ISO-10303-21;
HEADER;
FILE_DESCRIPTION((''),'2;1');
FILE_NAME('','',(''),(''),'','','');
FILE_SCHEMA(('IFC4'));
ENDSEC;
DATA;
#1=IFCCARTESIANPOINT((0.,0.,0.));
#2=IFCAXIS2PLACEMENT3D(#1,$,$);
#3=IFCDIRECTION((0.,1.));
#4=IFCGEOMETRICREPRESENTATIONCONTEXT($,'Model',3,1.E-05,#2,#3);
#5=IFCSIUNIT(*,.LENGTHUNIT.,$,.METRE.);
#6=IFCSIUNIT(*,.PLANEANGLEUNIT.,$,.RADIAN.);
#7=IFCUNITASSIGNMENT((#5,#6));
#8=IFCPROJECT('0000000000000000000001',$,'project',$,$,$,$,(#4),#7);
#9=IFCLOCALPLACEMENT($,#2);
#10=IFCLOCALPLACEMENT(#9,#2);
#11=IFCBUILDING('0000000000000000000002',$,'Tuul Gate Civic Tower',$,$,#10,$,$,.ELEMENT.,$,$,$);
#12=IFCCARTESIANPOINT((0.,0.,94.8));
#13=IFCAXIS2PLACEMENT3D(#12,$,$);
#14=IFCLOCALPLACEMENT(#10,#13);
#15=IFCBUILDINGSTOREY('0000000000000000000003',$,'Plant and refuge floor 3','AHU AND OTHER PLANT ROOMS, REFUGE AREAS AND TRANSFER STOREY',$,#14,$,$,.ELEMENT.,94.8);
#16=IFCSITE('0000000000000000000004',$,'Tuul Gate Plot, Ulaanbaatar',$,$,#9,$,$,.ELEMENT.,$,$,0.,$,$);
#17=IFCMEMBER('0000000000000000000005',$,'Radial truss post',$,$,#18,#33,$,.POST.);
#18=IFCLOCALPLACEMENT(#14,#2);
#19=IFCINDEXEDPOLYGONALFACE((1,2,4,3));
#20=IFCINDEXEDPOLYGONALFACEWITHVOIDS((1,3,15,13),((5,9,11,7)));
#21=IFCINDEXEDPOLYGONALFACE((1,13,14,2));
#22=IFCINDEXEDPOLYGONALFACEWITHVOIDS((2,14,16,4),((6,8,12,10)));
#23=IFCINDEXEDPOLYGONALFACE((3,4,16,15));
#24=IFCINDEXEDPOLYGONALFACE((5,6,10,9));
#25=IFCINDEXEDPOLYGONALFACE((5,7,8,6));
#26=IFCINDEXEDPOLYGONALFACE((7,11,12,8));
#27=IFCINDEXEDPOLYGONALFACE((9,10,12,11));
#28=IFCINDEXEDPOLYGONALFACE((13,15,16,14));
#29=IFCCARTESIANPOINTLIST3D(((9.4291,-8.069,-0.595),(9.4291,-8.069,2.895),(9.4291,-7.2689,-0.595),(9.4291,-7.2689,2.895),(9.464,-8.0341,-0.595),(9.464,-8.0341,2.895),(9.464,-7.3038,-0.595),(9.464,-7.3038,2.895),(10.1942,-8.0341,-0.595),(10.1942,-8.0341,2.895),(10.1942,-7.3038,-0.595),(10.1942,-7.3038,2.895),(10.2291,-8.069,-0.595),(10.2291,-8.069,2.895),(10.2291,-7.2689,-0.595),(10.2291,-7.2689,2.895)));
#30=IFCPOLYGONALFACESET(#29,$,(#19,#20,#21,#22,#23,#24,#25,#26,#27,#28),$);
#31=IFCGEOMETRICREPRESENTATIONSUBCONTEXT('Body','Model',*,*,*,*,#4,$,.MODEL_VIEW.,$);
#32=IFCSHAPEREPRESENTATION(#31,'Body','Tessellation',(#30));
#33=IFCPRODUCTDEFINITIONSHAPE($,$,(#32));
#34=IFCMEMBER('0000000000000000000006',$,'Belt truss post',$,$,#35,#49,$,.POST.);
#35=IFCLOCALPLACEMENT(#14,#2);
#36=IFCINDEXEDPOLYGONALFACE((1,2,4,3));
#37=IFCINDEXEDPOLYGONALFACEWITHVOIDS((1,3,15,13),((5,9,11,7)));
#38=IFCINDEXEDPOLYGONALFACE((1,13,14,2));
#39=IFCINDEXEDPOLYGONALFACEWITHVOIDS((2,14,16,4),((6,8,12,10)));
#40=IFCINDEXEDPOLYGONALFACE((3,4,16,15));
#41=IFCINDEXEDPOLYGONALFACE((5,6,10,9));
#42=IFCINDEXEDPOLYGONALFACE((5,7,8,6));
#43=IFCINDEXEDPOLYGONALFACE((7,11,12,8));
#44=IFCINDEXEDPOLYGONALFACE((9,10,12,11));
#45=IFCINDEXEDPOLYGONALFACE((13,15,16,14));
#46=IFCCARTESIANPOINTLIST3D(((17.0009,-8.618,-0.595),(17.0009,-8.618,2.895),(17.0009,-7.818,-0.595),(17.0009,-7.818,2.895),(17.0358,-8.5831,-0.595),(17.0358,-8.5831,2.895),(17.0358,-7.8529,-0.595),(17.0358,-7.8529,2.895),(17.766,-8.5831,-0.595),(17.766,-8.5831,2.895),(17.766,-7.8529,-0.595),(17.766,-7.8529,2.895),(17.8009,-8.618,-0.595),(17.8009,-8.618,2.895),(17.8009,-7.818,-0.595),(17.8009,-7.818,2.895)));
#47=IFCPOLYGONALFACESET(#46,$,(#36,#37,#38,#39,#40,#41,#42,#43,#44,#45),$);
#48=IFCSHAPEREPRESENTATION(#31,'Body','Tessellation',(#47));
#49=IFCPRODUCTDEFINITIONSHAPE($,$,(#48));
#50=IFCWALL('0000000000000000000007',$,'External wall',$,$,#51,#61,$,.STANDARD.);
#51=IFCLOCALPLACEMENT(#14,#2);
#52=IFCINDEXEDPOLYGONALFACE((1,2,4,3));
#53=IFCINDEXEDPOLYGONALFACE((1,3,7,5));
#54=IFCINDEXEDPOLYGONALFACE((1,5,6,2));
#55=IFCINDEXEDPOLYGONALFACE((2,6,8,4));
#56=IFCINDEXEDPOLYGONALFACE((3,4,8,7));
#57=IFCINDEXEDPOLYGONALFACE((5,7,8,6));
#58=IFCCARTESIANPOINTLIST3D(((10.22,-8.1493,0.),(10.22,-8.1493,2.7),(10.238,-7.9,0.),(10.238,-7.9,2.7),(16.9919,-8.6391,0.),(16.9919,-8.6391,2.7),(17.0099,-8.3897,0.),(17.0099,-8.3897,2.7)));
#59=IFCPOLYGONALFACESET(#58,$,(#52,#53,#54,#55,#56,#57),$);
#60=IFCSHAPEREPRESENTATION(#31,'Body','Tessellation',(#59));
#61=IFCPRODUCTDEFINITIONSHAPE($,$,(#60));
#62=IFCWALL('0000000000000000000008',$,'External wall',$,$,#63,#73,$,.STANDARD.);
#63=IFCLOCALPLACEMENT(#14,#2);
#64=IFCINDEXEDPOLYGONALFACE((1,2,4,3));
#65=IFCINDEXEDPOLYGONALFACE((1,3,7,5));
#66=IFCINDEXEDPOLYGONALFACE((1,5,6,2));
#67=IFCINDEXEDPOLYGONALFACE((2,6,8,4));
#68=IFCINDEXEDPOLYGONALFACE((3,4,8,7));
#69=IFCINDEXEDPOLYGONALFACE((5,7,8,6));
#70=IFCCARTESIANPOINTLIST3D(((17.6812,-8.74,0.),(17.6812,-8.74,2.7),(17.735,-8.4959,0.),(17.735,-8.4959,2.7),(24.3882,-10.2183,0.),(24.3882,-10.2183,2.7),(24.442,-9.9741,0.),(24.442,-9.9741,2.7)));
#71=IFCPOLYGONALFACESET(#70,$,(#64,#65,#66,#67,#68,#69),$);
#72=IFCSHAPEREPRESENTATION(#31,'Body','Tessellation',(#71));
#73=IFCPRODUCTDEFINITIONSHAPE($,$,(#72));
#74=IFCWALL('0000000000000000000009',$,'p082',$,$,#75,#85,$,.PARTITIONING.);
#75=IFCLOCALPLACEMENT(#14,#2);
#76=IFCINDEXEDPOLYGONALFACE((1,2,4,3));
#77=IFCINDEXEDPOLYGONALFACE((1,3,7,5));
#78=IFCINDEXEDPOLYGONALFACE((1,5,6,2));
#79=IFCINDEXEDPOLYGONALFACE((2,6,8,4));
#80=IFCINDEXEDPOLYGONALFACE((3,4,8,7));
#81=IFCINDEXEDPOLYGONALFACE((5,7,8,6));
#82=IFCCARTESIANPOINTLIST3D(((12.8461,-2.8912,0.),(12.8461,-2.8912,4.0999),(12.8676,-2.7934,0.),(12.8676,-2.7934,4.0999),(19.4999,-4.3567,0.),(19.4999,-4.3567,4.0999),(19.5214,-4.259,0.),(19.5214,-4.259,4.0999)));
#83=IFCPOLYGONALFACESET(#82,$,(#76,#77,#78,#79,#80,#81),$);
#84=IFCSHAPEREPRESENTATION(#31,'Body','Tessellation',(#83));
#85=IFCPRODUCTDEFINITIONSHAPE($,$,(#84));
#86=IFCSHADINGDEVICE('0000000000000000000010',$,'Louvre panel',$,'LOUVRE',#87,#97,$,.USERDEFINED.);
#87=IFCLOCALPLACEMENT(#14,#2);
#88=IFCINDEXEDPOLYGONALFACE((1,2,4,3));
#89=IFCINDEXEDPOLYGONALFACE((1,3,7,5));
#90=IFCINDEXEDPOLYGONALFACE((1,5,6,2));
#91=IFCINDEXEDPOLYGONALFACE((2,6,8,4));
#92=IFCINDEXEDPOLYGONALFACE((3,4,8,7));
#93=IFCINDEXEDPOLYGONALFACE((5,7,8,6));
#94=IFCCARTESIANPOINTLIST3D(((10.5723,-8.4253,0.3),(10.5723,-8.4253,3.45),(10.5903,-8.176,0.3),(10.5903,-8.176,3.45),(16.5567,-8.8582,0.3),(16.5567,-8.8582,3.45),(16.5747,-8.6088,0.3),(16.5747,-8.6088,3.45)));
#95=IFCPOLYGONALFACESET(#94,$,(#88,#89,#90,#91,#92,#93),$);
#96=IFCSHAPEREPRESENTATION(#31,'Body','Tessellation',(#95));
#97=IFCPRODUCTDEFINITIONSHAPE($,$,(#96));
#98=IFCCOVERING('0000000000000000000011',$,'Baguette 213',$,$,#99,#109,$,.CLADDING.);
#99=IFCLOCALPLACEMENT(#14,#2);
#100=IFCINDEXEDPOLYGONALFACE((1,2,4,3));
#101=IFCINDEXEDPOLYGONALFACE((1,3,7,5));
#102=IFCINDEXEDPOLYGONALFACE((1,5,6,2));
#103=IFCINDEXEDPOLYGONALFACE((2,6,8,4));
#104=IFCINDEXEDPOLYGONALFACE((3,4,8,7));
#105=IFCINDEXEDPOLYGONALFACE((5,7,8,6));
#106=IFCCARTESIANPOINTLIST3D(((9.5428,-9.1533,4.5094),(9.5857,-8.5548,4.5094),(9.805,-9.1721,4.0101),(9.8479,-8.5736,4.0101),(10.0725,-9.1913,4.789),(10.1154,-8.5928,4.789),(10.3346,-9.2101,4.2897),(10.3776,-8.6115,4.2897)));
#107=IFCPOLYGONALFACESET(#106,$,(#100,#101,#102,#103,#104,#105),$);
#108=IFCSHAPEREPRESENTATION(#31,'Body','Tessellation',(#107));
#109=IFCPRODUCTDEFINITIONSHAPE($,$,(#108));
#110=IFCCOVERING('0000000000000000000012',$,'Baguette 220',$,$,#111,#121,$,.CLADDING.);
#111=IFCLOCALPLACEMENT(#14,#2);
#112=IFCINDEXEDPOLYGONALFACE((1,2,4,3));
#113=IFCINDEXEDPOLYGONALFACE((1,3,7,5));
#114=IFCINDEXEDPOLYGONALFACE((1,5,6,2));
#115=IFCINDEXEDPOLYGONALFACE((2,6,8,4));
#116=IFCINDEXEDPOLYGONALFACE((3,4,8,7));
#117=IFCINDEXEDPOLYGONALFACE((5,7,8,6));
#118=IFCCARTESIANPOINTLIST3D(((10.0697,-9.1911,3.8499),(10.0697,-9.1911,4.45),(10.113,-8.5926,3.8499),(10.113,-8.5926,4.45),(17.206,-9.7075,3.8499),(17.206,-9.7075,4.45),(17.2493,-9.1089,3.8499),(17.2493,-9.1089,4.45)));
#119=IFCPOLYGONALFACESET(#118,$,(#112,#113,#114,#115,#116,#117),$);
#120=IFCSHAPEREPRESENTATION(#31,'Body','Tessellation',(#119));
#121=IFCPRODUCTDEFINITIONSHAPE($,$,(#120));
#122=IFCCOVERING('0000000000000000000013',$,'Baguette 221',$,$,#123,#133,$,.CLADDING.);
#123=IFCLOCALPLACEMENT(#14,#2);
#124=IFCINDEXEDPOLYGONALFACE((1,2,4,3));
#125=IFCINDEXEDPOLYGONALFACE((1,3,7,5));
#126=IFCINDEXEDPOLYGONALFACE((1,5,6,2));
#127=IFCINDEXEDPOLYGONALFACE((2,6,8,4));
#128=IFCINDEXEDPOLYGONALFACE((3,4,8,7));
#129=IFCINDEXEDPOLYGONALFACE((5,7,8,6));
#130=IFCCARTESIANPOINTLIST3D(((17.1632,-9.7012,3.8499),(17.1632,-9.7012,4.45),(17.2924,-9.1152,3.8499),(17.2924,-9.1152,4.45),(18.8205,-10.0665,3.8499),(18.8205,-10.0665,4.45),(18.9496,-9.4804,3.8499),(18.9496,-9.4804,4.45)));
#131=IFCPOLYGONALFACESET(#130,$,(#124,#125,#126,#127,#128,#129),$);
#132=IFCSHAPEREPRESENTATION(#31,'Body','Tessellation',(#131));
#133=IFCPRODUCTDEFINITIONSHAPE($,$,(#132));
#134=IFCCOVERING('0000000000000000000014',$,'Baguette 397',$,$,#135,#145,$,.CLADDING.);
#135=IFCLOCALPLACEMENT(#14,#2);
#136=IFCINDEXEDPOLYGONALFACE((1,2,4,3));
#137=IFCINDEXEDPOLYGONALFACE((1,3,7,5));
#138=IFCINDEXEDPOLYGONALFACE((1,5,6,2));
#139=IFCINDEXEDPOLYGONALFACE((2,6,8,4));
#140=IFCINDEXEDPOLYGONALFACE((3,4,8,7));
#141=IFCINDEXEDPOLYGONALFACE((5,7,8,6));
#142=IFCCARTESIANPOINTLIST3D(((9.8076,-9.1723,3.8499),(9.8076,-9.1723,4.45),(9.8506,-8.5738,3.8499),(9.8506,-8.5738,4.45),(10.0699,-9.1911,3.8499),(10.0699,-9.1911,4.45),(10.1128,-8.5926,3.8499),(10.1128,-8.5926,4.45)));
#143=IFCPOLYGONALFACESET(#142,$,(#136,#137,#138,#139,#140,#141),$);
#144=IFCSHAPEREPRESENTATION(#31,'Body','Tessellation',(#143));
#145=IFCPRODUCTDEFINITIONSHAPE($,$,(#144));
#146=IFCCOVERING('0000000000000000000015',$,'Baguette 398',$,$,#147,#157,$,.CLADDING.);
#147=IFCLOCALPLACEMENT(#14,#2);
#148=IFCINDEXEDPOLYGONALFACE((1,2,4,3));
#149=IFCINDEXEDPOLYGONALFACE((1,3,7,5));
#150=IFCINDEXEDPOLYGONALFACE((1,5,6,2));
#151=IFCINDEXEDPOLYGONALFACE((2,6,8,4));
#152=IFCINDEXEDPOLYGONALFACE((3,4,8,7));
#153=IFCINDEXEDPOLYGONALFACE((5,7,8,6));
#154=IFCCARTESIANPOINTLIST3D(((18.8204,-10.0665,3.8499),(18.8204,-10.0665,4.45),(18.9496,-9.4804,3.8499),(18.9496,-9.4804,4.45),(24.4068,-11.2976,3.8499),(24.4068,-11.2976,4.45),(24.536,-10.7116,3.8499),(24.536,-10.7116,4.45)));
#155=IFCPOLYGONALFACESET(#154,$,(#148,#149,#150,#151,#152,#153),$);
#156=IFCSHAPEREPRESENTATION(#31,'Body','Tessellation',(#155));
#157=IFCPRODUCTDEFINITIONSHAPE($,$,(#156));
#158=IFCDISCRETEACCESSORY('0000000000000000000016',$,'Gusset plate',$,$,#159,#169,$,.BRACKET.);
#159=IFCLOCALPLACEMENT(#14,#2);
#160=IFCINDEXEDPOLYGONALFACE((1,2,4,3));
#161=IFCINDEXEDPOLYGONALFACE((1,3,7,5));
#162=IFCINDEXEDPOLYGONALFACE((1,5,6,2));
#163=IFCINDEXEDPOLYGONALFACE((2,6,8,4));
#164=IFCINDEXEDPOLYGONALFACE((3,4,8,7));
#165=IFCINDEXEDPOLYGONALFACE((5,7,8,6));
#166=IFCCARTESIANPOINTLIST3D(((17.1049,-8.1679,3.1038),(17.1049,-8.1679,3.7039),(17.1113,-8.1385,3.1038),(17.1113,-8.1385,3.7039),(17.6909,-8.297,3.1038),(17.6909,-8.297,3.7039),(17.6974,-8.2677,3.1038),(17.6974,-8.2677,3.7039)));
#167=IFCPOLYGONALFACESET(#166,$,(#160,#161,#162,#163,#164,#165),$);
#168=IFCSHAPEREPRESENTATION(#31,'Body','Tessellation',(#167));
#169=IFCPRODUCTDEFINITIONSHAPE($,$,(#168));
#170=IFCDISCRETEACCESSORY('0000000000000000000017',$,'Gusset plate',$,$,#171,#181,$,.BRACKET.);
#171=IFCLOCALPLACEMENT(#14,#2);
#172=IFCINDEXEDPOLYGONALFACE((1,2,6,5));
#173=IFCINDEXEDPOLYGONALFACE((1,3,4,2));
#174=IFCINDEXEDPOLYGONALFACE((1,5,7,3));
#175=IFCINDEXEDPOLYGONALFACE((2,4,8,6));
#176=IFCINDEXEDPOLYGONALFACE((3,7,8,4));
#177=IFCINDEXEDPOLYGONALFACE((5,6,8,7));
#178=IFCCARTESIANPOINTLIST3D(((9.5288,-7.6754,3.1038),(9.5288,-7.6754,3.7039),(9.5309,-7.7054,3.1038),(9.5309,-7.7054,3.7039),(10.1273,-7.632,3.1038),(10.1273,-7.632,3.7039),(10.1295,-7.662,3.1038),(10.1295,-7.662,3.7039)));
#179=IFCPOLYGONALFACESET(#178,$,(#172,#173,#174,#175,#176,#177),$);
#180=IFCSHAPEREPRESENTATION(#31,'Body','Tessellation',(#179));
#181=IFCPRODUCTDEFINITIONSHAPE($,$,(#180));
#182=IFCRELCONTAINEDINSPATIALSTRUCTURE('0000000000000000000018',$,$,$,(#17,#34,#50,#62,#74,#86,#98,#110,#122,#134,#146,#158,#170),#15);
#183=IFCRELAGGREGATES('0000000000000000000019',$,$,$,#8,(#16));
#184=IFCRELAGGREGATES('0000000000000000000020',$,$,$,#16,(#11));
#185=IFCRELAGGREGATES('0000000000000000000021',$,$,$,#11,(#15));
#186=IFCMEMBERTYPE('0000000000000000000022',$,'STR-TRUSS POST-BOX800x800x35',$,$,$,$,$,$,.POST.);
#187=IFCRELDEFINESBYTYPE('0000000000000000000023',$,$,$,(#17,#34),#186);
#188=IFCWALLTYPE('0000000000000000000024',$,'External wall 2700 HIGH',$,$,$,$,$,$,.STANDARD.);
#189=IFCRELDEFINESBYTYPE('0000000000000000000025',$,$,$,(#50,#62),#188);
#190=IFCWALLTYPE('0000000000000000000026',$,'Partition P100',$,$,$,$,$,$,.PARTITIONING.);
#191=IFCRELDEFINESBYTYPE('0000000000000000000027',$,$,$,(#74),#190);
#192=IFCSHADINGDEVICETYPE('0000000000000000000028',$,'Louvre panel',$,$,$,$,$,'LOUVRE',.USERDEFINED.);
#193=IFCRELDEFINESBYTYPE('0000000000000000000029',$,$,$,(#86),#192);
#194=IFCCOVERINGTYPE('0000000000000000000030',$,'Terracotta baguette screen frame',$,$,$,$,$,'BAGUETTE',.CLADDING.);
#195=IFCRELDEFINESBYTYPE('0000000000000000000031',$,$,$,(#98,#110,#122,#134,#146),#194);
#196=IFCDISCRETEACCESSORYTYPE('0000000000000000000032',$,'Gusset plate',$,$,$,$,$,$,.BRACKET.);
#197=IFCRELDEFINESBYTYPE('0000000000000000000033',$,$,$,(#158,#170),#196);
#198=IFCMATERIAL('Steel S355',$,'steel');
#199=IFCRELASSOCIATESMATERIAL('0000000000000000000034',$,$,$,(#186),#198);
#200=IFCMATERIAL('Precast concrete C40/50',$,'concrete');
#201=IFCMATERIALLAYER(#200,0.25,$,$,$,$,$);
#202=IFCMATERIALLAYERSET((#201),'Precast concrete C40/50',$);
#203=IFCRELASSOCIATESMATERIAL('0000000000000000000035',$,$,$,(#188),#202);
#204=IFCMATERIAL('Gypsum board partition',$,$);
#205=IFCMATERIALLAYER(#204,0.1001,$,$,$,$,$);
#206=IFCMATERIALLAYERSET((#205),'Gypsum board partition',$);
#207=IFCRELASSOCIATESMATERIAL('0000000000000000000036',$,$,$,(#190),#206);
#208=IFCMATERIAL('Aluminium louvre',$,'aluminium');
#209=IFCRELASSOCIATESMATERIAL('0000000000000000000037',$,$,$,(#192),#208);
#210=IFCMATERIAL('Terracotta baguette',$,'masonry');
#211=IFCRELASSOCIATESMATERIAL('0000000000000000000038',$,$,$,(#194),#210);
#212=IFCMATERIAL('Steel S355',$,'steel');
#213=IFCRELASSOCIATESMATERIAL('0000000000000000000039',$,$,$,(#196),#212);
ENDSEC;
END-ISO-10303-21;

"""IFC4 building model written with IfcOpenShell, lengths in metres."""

from ifc_helpers import new_model, si_unit, direction, frame, frame_2d, origin, origin_2d, place, context, subcontext, project, spatial, rectangle, hollow_rectangle, extrude, material, layer, layer_set, material_profile, profile_set, type_object, element, save


model = new_model("IFC4")

# Units and contexts
model_context = context("Model", 3, precision=1e-05, world=origin(), true_north=direction((0.0, 1.0)))
body_context = subcontext(model_context, "Body", "Model", "MODEL_VIEW")
ifc_project = project(units=[si_unit("LENGTHUNIT", "METRE"), si_unit("PLANEANGLEUNIT", "RADIAN")], contexts=[model_context])

# Site, building, storey
site_placement = place(None, origin())
site = spatial("IfcSite", under=ifc_project, at=site_placement, Name="Tuul Gate Plot, Ulaanbaatar", CompositionType="ELEMENT", RefElevation=0.0)
building_placement = place(site_placement, origin())
building = spatial("IfcBuilding", under=site, at=building_placement, Name="Tuul Gate Civic Tower", CompositionType="ELEMENT")
storey_placement = place(building_placement, frame((0.0, 0.0, 94.8)))
storey = spatial("IfcBuildingStorey", under=building, at=storey_placement, Name="Plant and refuge floor 3", Description="AHU AND OTHER PLANT ROOMS, REFUGE AREAS AND TRANSFER STOREY", CompositionType="ELEMENT", Elevation=94.8)

# Members
ifc_material_1 = material(Name="Steel S355", Category="steel")
ifc_material_profile_1 = material_profile(ifc_material_1, hollow_rectangle(XDim=0.8, YDim=0.8, WallThickness=0.0349, at=origin_2d()), Name="BOX800x800x35")
ifc_profile_set_1 = profile_set([ifc_material_profile_1], Name="Steel S355")
member_type_1 = type_object("IfcMemberType", Name="STR-TRUSS POST-BOX800x800x35", PredefinedType="POST", material=ifc_profile_set_1)
for number, where, z_axis, x_axis, name in (
    (1, (9.8291, -7.6689, -0.595), (0.0, 0.0, 1.0), (1.0, 0.0, 0.0), "Radial truss post"),
    (2, (17.4009, -8.218, -0.595), (0.0, 0.0, 1.0), (1.0, 0.0, 0.0), "Belt truss post"),
):
    element("IfcMember", number, at=place(storey_placement, frame(where, z_axis=z_axis, x_axis=x_axis)), inside=storey, type_object=member_type_1, Name=name, PredefinedType="POST", context=body_context, shape_type="SweptSolid", body=[
        extrude(hollow_rectangle(XDim=0.8, YDim=0.8, WallThickness=0.0349, at=origin_2d()), origin(), (0.0, 0.0, 1.0), 3.49),
    ])

# Walls
ifc_material_2 = material(Name="Precast concrete C40/50", Category="concrete")
ifc_layer_1 = layer(ifc_material_2, 0.25)
ifc_layer_set_1 = layer_set([ifc_layer_1], Name="Precast concrete C40/50")
wall_type_1 = type_object("IfcWallType", Name="External wall 2700 HIGH", PredefinedType="STANDARD", material=ifc_layer_set_1)
wall_1_placement = place(storey_placement, frame((10.229, -8.0247, 0.0), z_axis=(0.0, 0.0, 1.0), x_axis=(0.997395, -0.072131, 0.0)))
element("IfcWall", 3, at=wall_1_placement, inside=storey, type_object=wall_type_1, Name="External wall", PredefinedType="STANDARD", context=body_context, shape_type="SweptSolid", body=[
    extrude(rectangle(XDim=6.7896, YDim=0.25, at=frame_2d((3.3948, 0.0))), origin(), (0.0, 0.0, 1.0), 2.7),
])
wall_2_placement = place(storey_placement, frame((17.708, -8.6179, 0.0), z_axis=(0.0, 0.0, 1.0), x_axis=(0.976561, -0.21524, 0.0)))
element("IfcWall", 4, at=wall_2_placement, inside=storey, type_object=wall_type_1, Name="External wall", PredefinedType="STANDARD", context=body_context, shape_type="SweptSolid", body=[
    extrude(rectangle(XDim=6.8679, YDim=0.25, at=frame_2d((3.4341, 0.0))), origin(), (0.0, 0.0, 1.0), 2.7),
])
ifc_material_3 = material(Name="Gypsum board partition")
ifc_layer_2 = layer(ifc_material_3, 0.1001)
ifc_layer_set_2 = layer_set([ifc_layer_2], Name="Gypsum board partition")
wall_type_2 = type_object("IfcWallType", Name="Partition P100", PredefinedType="PARTITIONING", material=ifc_layer_set_2)
wall_3_placement = place(storey_placement, frame((19.5107, -4.3079, 0.0), z_axis=(0.0, 0.0, 1.0), x_axis=(-0.976591, 0.215105, 0.0)))
element("IfcWall", 5, at=wall_3_placement, inside=storey, type_object=wall_type_2, Name="p082", PredefinedType="PARTITIONING", context=body_context, shape_type="SweptSolid", body=[
    extrude(rectangle(XDim=6.8132, YDim=0.1001, at=frame_2d((3.4067, 0.0))), origin(), (0.0, 0.0, 1.0), 4.0999),
])

# Shading device
ifc_material_4 = material(Name="Aluminium louvre", Category="aluminium")
shading_device_type = type_object("IfcShadingDeviceType", Name="Louvre panel", ElementType="LOUVRE", PredefinedType="USERDEFINED", material=ifc_material_4)
shading_device_placement = place(storey_placement, frame((13.5735, -8.5171, 0.3), z_axis=(0.0, 0.0, 1.0), x_axis=(-0.072144, -0.997394, 0.0)))
element("IfcShadingDevice", 6, at=shading_device_placement, inside=storey, type_object=shading_device_type, Name="Louvre panel", ObjectType="LOUVRE", PredefinedType="USERDEFINED", context=body_context, shape_type="SweptSolid", body=[
    extrude(rectangle(XDim=0.25, YDim=6.0, at=origin_2d()), origin(), (0.0, 0.0, 1.0), 3.1499),
])

# Coverings
ifc_material_5 = material(Name="Terracotta baguette", Category="masonry")
ifc_material_profile_2 = material_profile(ifc_material_5, rectangle(XDim=0.6001, YDim=0.6001, at=origin_2d()), Name="Terracotta baguette screen frame")
ifc_profile_set_2 = profile_set([ifc_material_profile_2], Name="Terracotta baguette")
covering_type = type_object("IfcCoveringType", Name="Terracotta baguette screen frame", ElementType="BAGUETTE", PredefinedType="CLADDING", material=ifc_profile_set_2)
covering_1_placement = place(storey_placement, frame((9.8291, -8.873, 4.6492), z_axis=(0.464703, -0.033317, -0.88484), x_axis=(0.071511, 0.99744, 0.0)))
element("IfcCovering", 7, at=covering_1_placement, inside=storey, type_object=covering_type, Name="Baguette 213", PredefinedType="CLADDING", context=body_context, shape_type="SweptSolid", body=[
    extrude(rectangle(XDim=0.6001, YDim=0.6001, at=origin_2d()), origin(), (0.0, 0.0, 1.0), 0.5642),
])
covering_2_placement = place(storey_placement, frame((10.0913, -8.8918, 4.1499), z_axis=(0.997393, -0.072166, 0.0), x_axis=(0.072166, 0.997393, 0.0)))
element("IfcCovering", 8, at=covering_2_placement, inside=storey, type_object=covering_type, Name="Baguette 220", PredefinedType="CLADDING", context=body_context, shape_type="SweptSolid", body=[
    extrude(rectangle(XDim=0.6001, YDim=0.6001, at=origin_2d()), origin(), (0.0, 0.0, 1.0), 7.155),
])
covering_3_placement = place(storey_placement, frame((17.2278, -9.4082, 4.1499), z_axis=(0.976565, -0.215224, 0.0), x_axis=(0.215224, 0.976565, 0.0)))
element("IfcCovering", 9, at=covering_3_placement, inside=storey, type_object=covering_type, Name="Baguette 221", PredefinedType="CLADDING", context=body_context, shape_type="SweptSolid", body=[
    extrude(rectangle(XDim=0.6001, YDim=0.6001, at=origin_2d()), origin(), (0.0, 0.0, 1.0), 1.697),
])
covering_4_placement = place(storey_placement, frame((9.8291, -8.873, 4.1499), z_axis=(0.99744, -0.071511, 0.0), x_axis=(0.071511, 0.99744, 0.0)))
element("IfcCovering", 10, at=covering_4_placement, inside=storey, type_object=covering_type, Name="Baguette 397", PredefinedType="CLADDING", context=body_context, shape_type="SweptSolid", body=[
    extrude(rectangle(XDim=0.6001, YDim=0.6001, at=origin_2d()), origin(), (0.0, 0.0, 1.0), 0.2629),
])
covering_5_placement = place(storey_placement, frame((18.885, -9.7734, 4.1499), z_axis=(0.976564, -0.215227, 0.0), x_axis=(0.215227, 0.976564, 0.0)))
element("IfcCovering", 11, at=covering_5_placement, inside=storey, type_object=covering_type, Name="Baguette 398", PredefinedType="CLADDING", context=body_context, shape_type="SweptSolid", body=[
    extrude(rectangle(XDim=0.6001, YDim=0.6001, at=origin_2d()), origin(), (0.0, 0.0, 1.0), 5.7205),
])

# Discrete accessories
ifc_material_6 = material(Name="Steel S355", Category="steel")
discrete_accessory_type_1 = type_object("IfcDiscreteAccessoryType", Name="Gusset plate", PredefinedType="BRACKET", material=ifc_material_6)
for number, where, z_axis, x_axis, name in (
    (12, (17.4011, -8.2178, 3.1038), (0.0, 0.0, 1.0), (0.976564, -0.215229, 0.0), "Gusset plate"),
    (13, (9.8291, -7.6687, 3.1038), (0.0, 0.0, 1.0), (-0.997382, -0.072314, 0.0), "Gusset plate"),
):
    element("IfcDiscreteAccessory", number, at=place(storey_placement, frame(where, z_axis=z_axis, x_axis=x_axis)), inside=storey, type_object=discrete_accessory_type_1, Name=name, PredefinedType="BRACKET", context=body_context, shape_type="SweptSolid", body=[
        extrude(rectangle(XDim=0.6001, YDim=0.03, at=origin_2d()), origin(), (0.0, 0.0, 1.0), 0.6001),
    ])

save(model, "model.ifc")
